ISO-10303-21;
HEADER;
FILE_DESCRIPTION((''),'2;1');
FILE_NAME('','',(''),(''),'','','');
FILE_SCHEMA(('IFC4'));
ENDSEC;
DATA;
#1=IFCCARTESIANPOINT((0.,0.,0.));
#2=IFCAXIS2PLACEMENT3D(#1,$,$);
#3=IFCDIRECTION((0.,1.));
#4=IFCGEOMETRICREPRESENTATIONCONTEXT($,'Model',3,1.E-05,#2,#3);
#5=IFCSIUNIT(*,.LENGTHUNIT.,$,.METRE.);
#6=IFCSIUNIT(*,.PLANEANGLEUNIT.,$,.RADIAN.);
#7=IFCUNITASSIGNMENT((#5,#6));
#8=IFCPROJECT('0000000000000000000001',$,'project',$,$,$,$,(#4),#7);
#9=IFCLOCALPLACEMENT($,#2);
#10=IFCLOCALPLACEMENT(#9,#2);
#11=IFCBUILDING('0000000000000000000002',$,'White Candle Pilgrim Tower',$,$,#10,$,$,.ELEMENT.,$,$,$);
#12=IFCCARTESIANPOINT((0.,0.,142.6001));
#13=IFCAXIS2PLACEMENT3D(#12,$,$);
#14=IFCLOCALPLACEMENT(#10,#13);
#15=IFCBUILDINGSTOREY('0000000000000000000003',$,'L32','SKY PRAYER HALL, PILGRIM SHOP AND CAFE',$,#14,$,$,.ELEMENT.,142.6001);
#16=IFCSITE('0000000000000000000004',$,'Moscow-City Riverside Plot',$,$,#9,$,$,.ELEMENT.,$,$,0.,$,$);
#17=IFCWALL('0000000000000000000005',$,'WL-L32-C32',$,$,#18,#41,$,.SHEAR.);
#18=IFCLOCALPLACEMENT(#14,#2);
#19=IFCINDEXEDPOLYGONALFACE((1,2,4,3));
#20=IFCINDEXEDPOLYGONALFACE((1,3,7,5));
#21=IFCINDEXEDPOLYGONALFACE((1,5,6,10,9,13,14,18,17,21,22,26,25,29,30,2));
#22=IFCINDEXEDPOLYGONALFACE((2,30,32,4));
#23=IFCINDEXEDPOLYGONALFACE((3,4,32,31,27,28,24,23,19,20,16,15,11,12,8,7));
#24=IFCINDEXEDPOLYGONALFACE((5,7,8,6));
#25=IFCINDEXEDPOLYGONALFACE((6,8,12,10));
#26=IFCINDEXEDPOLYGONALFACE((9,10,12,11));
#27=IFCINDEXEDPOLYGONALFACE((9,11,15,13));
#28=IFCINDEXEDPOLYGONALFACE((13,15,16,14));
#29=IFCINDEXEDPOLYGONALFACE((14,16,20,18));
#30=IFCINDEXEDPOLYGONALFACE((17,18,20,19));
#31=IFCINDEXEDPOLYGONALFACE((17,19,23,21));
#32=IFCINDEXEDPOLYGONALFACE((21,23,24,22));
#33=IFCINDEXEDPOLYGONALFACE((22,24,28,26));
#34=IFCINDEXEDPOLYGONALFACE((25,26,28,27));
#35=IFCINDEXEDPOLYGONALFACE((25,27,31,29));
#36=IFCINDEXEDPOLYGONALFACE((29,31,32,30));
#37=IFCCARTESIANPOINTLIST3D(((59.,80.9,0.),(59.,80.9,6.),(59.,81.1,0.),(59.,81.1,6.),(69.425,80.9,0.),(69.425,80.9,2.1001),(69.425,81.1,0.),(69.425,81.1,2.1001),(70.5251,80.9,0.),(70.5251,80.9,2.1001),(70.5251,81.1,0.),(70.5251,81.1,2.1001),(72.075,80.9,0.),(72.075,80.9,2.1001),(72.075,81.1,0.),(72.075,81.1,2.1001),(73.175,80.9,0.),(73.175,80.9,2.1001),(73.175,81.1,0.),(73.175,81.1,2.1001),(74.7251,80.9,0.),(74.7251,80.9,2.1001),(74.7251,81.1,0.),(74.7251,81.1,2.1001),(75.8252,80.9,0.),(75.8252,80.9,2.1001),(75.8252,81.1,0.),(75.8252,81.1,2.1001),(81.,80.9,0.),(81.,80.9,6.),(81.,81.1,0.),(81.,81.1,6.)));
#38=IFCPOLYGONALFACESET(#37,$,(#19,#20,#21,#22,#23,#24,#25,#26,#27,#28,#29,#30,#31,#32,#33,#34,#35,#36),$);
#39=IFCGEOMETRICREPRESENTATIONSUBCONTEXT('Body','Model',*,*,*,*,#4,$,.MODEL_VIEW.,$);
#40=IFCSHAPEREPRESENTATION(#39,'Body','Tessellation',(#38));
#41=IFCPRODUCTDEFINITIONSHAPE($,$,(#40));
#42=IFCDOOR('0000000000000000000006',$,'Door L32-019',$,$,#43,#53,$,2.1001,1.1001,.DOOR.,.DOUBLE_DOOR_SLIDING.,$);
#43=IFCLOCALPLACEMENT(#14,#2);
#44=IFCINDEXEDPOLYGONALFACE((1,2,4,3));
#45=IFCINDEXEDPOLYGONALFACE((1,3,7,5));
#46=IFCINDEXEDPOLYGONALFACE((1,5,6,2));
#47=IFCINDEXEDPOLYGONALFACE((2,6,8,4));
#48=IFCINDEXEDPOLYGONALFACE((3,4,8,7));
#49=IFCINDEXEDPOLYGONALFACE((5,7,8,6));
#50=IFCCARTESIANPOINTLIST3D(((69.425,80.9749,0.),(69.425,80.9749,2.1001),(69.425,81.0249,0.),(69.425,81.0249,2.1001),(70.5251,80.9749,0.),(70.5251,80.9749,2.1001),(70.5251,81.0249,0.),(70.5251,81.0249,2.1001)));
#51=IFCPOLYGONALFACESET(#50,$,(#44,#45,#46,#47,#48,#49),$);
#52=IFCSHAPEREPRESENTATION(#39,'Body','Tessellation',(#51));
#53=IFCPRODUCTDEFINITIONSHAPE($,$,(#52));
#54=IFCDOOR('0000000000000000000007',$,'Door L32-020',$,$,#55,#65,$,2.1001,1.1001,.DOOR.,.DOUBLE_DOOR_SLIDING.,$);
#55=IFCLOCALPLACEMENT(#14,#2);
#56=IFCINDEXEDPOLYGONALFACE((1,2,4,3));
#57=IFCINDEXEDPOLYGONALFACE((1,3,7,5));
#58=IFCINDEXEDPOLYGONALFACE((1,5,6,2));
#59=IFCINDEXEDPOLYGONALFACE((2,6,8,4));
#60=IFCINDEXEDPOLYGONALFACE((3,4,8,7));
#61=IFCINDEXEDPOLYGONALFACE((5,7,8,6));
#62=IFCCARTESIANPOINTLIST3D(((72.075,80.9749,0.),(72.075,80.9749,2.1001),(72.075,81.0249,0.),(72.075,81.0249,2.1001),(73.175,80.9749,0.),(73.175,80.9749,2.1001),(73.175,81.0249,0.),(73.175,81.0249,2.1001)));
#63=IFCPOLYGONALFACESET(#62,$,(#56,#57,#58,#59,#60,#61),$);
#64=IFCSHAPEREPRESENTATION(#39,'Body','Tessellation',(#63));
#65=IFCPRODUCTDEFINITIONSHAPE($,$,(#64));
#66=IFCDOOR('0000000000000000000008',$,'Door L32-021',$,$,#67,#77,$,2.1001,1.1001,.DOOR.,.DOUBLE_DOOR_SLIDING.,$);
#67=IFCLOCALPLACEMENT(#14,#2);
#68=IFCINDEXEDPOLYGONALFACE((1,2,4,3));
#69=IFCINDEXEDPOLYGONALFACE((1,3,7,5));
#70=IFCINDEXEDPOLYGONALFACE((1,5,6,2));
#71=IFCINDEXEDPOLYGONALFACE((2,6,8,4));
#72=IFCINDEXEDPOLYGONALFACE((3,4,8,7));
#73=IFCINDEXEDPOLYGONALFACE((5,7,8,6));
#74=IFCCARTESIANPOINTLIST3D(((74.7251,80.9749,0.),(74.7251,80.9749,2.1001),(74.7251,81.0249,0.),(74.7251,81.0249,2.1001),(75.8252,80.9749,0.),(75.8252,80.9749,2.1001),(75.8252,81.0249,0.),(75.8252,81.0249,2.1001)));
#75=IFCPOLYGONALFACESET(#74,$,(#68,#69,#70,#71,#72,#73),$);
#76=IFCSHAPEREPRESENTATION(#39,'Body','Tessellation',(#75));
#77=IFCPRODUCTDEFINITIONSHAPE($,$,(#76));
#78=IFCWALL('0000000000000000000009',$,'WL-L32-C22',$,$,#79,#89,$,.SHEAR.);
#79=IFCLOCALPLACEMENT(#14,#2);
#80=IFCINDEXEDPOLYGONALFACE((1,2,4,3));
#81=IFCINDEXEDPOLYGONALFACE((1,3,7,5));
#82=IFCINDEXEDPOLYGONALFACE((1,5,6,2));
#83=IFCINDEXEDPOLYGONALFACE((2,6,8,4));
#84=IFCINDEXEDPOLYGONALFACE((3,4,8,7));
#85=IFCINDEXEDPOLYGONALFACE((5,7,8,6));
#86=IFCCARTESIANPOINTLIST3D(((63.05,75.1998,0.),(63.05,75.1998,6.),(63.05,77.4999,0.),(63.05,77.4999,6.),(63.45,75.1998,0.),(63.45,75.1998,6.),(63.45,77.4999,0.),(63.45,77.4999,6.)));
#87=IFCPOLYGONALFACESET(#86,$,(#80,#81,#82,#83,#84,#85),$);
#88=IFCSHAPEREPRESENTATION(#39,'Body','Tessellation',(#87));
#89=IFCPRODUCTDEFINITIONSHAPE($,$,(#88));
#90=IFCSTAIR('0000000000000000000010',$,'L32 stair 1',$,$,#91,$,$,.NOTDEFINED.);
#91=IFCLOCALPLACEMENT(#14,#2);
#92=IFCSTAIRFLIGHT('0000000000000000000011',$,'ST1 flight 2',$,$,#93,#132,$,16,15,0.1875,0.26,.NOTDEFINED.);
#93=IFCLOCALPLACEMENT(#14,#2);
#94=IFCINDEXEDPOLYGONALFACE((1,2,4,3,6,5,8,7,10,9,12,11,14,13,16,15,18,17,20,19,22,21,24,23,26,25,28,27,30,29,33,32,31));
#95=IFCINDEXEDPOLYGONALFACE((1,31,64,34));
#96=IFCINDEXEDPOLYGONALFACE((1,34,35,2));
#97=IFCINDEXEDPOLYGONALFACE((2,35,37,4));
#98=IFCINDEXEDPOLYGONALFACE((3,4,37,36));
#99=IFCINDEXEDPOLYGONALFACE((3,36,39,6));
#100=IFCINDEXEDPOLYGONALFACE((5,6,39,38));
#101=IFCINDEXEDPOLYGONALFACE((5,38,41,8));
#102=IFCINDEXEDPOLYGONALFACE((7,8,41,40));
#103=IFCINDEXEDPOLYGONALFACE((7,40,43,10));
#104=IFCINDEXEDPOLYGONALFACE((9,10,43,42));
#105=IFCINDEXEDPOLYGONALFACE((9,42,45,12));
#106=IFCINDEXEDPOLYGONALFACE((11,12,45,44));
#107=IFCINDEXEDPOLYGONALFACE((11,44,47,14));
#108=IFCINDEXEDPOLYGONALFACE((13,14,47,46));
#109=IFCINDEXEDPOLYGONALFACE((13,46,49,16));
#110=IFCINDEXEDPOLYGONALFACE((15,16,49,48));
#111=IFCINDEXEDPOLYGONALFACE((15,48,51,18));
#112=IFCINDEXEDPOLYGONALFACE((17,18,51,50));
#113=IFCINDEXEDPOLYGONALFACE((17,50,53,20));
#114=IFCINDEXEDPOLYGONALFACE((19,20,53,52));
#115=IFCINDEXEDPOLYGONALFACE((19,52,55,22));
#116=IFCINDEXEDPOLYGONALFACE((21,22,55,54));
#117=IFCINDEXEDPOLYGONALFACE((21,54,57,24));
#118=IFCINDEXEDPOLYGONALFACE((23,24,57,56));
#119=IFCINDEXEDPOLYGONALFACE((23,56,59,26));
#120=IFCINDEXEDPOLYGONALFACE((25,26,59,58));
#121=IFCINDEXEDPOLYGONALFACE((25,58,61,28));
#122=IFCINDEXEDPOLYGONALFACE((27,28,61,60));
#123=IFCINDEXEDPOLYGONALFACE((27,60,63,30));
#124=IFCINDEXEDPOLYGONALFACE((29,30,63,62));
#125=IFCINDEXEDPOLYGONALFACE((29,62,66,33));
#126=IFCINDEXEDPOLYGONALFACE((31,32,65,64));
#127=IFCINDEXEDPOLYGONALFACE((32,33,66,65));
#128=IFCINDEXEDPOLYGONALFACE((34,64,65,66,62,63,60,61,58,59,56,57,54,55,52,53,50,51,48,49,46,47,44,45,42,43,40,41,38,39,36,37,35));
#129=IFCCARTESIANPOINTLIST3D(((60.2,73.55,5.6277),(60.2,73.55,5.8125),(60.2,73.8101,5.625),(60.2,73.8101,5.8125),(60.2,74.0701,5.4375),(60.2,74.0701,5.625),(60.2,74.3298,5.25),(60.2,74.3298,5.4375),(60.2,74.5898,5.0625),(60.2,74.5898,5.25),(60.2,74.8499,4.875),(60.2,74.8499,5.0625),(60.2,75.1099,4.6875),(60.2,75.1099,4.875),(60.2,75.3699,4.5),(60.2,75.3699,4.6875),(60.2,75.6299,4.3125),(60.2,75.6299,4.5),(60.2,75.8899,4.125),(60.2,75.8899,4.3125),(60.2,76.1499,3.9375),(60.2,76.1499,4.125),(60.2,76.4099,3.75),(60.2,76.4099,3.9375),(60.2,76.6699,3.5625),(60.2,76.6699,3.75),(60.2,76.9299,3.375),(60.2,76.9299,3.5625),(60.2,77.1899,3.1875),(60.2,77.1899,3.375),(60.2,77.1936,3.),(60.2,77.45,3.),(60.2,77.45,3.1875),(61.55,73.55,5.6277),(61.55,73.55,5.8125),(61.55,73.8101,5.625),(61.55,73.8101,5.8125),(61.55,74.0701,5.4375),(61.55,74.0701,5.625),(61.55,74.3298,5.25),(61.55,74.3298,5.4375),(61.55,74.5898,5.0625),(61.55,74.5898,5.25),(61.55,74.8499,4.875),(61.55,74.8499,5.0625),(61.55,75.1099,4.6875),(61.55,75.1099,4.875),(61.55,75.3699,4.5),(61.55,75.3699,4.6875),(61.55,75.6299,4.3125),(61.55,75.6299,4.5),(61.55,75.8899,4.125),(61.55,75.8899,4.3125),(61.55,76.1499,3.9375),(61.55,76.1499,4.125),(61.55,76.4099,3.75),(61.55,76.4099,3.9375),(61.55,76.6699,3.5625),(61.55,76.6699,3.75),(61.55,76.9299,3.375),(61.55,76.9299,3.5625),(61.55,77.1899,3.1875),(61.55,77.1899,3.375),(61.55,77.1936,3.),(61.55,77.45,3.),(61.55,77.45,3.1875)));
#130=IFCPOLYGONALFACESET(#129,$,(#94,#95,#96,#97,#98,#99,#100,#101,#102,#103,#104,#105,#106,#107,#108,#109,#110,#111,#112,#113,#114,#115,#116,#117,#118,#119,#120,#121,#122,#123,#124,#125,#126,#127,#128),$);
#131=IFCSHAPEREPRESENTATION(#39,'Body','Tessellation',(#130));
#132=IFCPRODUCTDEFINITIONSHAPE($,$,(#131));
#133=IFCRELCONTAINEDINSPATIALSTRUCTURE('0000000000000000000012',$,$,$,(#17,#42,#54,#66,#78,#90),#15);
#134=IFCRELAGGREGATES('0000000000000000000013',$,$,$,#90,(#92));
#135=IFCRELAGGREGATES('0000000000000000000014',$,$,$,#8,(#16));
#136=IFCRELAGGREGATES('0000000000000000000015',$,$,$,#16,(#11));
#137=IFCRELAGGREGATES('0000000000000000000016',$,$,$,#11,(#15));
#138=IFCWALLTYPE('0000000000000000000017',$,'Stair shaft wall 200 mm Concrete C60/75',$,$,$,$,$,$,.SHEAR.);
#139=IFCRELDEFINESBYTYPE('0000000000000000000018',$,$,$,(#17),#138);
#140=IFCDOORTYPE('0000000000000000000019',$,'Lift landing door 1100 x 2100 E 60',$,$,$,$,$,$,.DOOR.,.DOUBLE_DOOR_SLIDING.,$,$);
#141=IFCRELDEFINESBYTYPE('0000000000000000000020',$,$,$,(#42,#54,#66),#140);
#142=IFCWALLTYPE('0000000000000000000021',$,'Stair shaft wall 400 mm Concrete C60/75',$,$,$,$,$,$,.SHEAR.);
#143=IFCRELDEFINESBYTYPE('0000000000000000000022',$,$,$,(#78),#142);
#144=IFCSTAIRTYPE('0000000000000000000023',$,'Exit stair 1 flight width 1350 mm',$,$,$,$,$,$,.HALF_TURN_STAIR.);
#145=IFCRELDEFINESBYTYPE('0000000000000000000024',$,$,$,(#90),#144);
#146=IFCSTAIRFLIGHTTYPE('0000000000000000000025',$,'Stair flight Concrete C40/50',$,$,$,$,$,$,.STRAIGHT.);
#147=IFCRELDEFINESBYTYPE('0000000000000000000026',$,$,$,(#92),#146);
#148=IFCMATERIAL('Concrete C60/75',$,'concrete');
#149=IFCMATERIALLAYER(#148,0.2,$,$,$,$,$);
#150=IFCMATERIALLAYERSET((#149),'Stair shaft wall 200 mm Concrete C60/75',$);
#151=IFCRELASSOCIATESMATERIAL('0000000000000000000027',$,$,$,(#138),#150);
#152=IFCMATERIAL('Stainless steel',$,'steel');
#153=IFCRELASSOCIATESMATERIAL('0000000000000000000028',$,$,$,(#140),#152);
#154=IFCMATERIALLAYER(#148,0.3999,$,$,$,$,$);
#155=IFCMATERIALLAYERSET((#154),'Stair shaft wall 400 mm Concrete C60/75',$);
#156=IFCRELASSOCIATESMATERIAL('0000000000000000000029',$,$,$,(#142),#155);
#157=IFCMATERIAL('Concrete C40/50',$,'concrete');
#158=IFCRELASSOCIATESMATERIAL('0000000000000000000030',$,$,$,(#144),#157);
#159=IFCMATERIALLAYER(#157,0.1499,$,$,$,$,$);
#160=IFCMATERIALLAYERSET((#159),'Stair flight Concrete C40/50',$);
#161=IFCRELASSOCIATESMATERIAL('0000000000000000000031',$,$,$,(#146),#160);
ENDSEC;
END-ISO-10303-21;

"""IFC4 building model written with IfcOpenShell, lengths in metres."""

from ifc_helpers import new_model, si_unit, direction, frame, frame_2d, origin, place, context, subcontext, project, spatial, polyline, rectangle, outline, extrude, material, layer, layer_set, type_object, element, fill, aggregate, save


model = new_model("IFC4")

# Units and contexts
model_context = context("Model", 3, precision=1e-05, world=origin(), true_north=direction((0.0, 1.0)))
body_context = subcontext(model_context, "Body", "Model", "MODEL_VIEW")
ifc_project = project(units=[si_unit("LENGTHUNIT", "METRE"), si_unit("PLANEANGLEUNIT", "RADIAN")], contexts=[model_context])

# Site, building, storey
site_placement = place(None, origin())
site = spatial("IfcSite", under=ifc_project, at=site_placement, Name="Moscow-City Riverside Plot", CompositionType="ELEMENT", RefElevation=0.0)
building_placement = place(site_placement, origin())
building = spatial("IfcBuilding", under=site, at=building_placement, Name="White Candle Pilgrim Tower", CompositionType="ELEMENT")
storey_placement = place(building_placement, frame((0.0, 0.0, 142.6001)))
storey = spatial("IfcBuildingStorey", under=building, at=storey_placement, Name="L32", Description="SKY PRAYER HALL, PILGRIM SHOP AND CAFE", CompositionType="ELEMENT", Elevation=142.6001)

# Shared definitions
ifc_material_1 = material(Name="Concrete C60/75", Category="concrete")
ifc_layer_1 = layer(ifc_material_1, 0.2)
ifc_layer_set_1 = layer_set([ifc_layer_1], Name="Stair shaft wall 200 mm Concrete C60/75")
wall_type_1 = type_object("IfcWallType", Name="Stair shaft wall 200 mm Concrete C60/75", PredefinedType="SHEAR", material=ifc_layer_set_1)

# Shared definitions
ifc_material_2 = material(Name="Stainless steel", Category="steel")
door_type = type_object("IfcDoorType", Name="Lift landing door 1100 x 2100 E 60", OperationType="DOUBLE_DOOR_SLIDING", PredefinedType="DOOR", material=ifc_material_2)

# Wall, openings, doors
wall_1_placement = place(storey_placement, frame((59.0, 81.0, 0.0), z_axis=(0.0, 0.0, 1.0), x_axis=(1.0, 0.0, 0.0)))
wall_1 = element("IfcWall", 1, at=wall_1_placement, inside=storey, type_object=wall_type_1, Name="WL-L32-C32", PredefinedType="SHEAR", context=body_context, shape_type="SweptSolid", body=[
    extrude(rectangle(XDim=22.0, YDim=0.2, at=frame_2d((11.0, 0.0))), origin(), (0.0, 0.0, 1.0), 6.0),
])
opening_1_placement = place(wall_1_placement, frame((10.425, 0.0, 0.0)))
opening_1 = element("IfcOpeningElement", 2, at=opening_1_placement, cuts=wall_1, PredefinedType="OPENING", context=body_context, shape_type="SweptSolid", body=[
    extrude(rectangle(XDim=1.1001, YDim=2.1001, at=frame_2d((0.55, 1.05))), frame((0.0, 0.1099, 0.0), z_axis=(0.0, -1.0, 0.0), x_axis=(1.0, 0.0, 0.0)), (0.0, 0.0, 1.0), 0.22),
])
opening_2_placement = place(wall_1_placement, frame((13.075, 0.0, 0.0)))
opening_2 = element("IfcOpeningElement", 3, at=opening_2_placement, cuts=wall_1, PredefinedType="OPENING", context=body_context, shape_type="SweptSolid", body=[
    extrude(rectangle(XDim=1.1001, YDim=2.1001, at=frame_2d((0.55, 1.05))), frame((0.0, 0.1099, 0.0), z_axis=(0.0, -1.0, 0.0), x_axis=(1.0, 0.0, 0.0)), (0.0, 0.0, 1.0), 0.22),
])
opening_3_placement = place(wall_1_placement, frame((15.7251, 0.0, 0.0)))
opening_3 = element("IfcOpeningElement", 4, at=opening_3_placement, cuts=wall_1, PredefinedType="OPENING", context=body_context, shape_type="SweptSolid", body=[
    extrude(rectangle(XDim=1.1001, YDim=2.1001, at=frame_2d((0.55, 1.05))), frame((0.0, 0.1099, 0.0), z_axis=(0.0, -1.0, 0.0), x_axis=(1.0, 0.0, 0.0)), (0.0, 0.0, 1.0), 0.22),
])
door_1_placement = place(opening_1_placement, origin())
door_1 = element("IfcDoor", 5, at=door_1_placement, inside=storey, type_object=door_type, Name="Door L32-019", OperationType="DOUBLE_DOOR_SLIDING", OverallHeight=2.1001, OverallWidth=1.1001, PredefinedType="DOOR", context=body_context, shape_type="SweptSolid", body=[
    extrude(rectangle(XDim=1.1001, YDim=2.1001, at=frame_2d((0.55, 1.05))), frame((0.0, 0.0249, 0.0), z_axis=(0.0, -1.0, 0.0), x_axis=(1.0, 0.0, 0.0)), (0.0, 0.0, 1.0), 0.05),
])
fill(opening_1, door_1)
door_2_placement = place(opening_2_placement, origin())
door_2 = element("IfcDoor", 6, at=door_2_placement, inside=storey, type_object=door_type, Name="Door L32-020", OperationType="DOUBLE_DOOR_SLIDING", OverallHeight=2.1001, OverallWidth=1.1001, PredefinedType="DOOR", context=body_context, shape_type="SweptSolid", body=[
    extrude(rectangle(XDim=1.1001, YDim=2.1001, at=frame_2d((0.55, 1.05))), frame((0.0, 0.0249, 0.0), z_axis=(0.0, -1.0, 0.0), x_axis=(1.0, 0.0, 0.0)), (0.0, 0.0, 1.0), 0.05),
])
fill(opening_2, door_2)
door_3_placement = place(opening_3_placement, origin())
door_3 = element("IfcDoor", 7, at=door_3_placement, inside=storey, type_object=door_type, Name="Door L32-021", OperationType="DOUBLE_DOOR_SLIDING", OverallHeight=2.1001, OverallWidth=1.1001, PredefinedType="DOOR", context=body_context, shape_type="SweptSolid", body=[
    extrude(rectangle(XDim=1.1001, YDim=2.1001, at=frame_2d((0.55, 1.05))), frame((0.0, 0.0249, 0.0), z_axis=(0.0, -1.0, 0.0), x_axis=(1.0, 0.0, 0.0)), (0.0, 0.0, 1.0), 0.05),
])
fill(opening_3, door_3)

# Wall
ifc_layer_2 = layer(ifc_material_1, 0.3999)
ifc_layer_set_2 = layer_set([ifc_layer_2], Name="Stair shaft wall 400 mm Concrete C60/75")
wall_type_2 = type_object("IfcWallType", Name="Stair shaft wall 400 mm Concrete C60/75", PredefinedType="SHEAR", material=ifc_layer_set_2)
wall_2_placement = place(storey_placement, frame((63.25, 75.2, 0.0), z_axis=(0.0, 0.0, 1.0), x_axis=(0.0, 1.0, 0.0)))
element("IfcWall", 8, at=wall_2_placement, inside=storey, type_object=wall_type_2, Name="WL-L32-C22", PredefinedType="SHEAR", context=body_context, shape_type="SweptSolid", body=[
    extrude(rectangle(XDim=2.3, YDim=0.3999, at=frame_2d((1.1499, 0.0))), origin(), (0.0, 0.0, 1.0), 6.0),
])

# Stair, stair flight
ifc_material_3 = material(Name="Concrete C40/50", Category="concrete")
stair_type = type_object("IfcStairType", Name="Exit stair 1 flight width 1350 mm", PredefinedType="HALF_TURN_STAIR", material=ifc_material_3)
stair_placement = place(storey_placement, origin())
stair = element("IfcStair", 9, at=stair_placement, inside=storey, type_object=stair_type, Name="L32 stair 1", PredefinedType="NOTDEFINED")
ifc_layer_3 = layer(ifc_material_3, 0.1499)
ifc_layer_set_3 = layer_set([ifc_layer_3], Name="Stair flight Concrete C40/50")
stair_flight_type = type_object("IfcStairFlightType", Name="Stair flight Concrete C40/50", PredefinedType="STRAIGHT", material=ifc_layer_set_3)
stair_flight_placement = place(storey_placement, frame((60.875, 77.45, 3.0), z_axis=(0.0, 0.0, 1.0), x_axis=(0.0, -1.0, 0.0)))
stair_flight = element("IfcStairFlight", 10, at=stair_flight_placement, type_object=stair_flight_type, Name="ST1 flight 2", NumberOfRisers=16, NumberOfTreads=15, PredefinedType="NOTDEFINED", RiserHeight=0.1875, TreadLength=0.26, context=body_context, shape_type="SweptSolid", body=[
    extrude(outline(polyline([(0.0, 0.0), (0.0, 0.1875), (0.26, 0.1875), (0.26, 0.375), (0.52, 0.375), (0.52, 0.5625), (0.78, 0.5625), (0.78, 0.75), (1.04, 0.75), (1.04, 0.9375), (1.3, 0.9375), (1.3, 1.125), (1.5601, 1.125), (1.5601, 1.3125), (1.8201, 1.3125), (1.8201, 1.5), (2.0801, 1.5), (2.0801, 1.6875), (2.3401, 1.6875), (2.3401, 1.875), (2.6001, 1.875), (2.6001, 2.0625), (2.8601, 2.0625), (2.8601, 2.25), (3.1201, 2.25), (3.1201, 2.4375), (3.3799, 2.4375), (3.3799, 2.625), (3.6399, 2.625), (3.6399, 2.8125), (3.8999, 2.8125), (3.8999, 3.0), (3.8999, 2.6277), (0.2563, 0.0), (0.0, 0.0)])), frame((0.0, 0.675, 0.0), z_axis=(0.0, -1.0, 0.0), x_axis=(1.0, 0.0, 0.0)), (0.0, 0.0, 1.0), 1.3501),
])
aggregate(stair, [stair_flight])

save(model, "model.ifc")
